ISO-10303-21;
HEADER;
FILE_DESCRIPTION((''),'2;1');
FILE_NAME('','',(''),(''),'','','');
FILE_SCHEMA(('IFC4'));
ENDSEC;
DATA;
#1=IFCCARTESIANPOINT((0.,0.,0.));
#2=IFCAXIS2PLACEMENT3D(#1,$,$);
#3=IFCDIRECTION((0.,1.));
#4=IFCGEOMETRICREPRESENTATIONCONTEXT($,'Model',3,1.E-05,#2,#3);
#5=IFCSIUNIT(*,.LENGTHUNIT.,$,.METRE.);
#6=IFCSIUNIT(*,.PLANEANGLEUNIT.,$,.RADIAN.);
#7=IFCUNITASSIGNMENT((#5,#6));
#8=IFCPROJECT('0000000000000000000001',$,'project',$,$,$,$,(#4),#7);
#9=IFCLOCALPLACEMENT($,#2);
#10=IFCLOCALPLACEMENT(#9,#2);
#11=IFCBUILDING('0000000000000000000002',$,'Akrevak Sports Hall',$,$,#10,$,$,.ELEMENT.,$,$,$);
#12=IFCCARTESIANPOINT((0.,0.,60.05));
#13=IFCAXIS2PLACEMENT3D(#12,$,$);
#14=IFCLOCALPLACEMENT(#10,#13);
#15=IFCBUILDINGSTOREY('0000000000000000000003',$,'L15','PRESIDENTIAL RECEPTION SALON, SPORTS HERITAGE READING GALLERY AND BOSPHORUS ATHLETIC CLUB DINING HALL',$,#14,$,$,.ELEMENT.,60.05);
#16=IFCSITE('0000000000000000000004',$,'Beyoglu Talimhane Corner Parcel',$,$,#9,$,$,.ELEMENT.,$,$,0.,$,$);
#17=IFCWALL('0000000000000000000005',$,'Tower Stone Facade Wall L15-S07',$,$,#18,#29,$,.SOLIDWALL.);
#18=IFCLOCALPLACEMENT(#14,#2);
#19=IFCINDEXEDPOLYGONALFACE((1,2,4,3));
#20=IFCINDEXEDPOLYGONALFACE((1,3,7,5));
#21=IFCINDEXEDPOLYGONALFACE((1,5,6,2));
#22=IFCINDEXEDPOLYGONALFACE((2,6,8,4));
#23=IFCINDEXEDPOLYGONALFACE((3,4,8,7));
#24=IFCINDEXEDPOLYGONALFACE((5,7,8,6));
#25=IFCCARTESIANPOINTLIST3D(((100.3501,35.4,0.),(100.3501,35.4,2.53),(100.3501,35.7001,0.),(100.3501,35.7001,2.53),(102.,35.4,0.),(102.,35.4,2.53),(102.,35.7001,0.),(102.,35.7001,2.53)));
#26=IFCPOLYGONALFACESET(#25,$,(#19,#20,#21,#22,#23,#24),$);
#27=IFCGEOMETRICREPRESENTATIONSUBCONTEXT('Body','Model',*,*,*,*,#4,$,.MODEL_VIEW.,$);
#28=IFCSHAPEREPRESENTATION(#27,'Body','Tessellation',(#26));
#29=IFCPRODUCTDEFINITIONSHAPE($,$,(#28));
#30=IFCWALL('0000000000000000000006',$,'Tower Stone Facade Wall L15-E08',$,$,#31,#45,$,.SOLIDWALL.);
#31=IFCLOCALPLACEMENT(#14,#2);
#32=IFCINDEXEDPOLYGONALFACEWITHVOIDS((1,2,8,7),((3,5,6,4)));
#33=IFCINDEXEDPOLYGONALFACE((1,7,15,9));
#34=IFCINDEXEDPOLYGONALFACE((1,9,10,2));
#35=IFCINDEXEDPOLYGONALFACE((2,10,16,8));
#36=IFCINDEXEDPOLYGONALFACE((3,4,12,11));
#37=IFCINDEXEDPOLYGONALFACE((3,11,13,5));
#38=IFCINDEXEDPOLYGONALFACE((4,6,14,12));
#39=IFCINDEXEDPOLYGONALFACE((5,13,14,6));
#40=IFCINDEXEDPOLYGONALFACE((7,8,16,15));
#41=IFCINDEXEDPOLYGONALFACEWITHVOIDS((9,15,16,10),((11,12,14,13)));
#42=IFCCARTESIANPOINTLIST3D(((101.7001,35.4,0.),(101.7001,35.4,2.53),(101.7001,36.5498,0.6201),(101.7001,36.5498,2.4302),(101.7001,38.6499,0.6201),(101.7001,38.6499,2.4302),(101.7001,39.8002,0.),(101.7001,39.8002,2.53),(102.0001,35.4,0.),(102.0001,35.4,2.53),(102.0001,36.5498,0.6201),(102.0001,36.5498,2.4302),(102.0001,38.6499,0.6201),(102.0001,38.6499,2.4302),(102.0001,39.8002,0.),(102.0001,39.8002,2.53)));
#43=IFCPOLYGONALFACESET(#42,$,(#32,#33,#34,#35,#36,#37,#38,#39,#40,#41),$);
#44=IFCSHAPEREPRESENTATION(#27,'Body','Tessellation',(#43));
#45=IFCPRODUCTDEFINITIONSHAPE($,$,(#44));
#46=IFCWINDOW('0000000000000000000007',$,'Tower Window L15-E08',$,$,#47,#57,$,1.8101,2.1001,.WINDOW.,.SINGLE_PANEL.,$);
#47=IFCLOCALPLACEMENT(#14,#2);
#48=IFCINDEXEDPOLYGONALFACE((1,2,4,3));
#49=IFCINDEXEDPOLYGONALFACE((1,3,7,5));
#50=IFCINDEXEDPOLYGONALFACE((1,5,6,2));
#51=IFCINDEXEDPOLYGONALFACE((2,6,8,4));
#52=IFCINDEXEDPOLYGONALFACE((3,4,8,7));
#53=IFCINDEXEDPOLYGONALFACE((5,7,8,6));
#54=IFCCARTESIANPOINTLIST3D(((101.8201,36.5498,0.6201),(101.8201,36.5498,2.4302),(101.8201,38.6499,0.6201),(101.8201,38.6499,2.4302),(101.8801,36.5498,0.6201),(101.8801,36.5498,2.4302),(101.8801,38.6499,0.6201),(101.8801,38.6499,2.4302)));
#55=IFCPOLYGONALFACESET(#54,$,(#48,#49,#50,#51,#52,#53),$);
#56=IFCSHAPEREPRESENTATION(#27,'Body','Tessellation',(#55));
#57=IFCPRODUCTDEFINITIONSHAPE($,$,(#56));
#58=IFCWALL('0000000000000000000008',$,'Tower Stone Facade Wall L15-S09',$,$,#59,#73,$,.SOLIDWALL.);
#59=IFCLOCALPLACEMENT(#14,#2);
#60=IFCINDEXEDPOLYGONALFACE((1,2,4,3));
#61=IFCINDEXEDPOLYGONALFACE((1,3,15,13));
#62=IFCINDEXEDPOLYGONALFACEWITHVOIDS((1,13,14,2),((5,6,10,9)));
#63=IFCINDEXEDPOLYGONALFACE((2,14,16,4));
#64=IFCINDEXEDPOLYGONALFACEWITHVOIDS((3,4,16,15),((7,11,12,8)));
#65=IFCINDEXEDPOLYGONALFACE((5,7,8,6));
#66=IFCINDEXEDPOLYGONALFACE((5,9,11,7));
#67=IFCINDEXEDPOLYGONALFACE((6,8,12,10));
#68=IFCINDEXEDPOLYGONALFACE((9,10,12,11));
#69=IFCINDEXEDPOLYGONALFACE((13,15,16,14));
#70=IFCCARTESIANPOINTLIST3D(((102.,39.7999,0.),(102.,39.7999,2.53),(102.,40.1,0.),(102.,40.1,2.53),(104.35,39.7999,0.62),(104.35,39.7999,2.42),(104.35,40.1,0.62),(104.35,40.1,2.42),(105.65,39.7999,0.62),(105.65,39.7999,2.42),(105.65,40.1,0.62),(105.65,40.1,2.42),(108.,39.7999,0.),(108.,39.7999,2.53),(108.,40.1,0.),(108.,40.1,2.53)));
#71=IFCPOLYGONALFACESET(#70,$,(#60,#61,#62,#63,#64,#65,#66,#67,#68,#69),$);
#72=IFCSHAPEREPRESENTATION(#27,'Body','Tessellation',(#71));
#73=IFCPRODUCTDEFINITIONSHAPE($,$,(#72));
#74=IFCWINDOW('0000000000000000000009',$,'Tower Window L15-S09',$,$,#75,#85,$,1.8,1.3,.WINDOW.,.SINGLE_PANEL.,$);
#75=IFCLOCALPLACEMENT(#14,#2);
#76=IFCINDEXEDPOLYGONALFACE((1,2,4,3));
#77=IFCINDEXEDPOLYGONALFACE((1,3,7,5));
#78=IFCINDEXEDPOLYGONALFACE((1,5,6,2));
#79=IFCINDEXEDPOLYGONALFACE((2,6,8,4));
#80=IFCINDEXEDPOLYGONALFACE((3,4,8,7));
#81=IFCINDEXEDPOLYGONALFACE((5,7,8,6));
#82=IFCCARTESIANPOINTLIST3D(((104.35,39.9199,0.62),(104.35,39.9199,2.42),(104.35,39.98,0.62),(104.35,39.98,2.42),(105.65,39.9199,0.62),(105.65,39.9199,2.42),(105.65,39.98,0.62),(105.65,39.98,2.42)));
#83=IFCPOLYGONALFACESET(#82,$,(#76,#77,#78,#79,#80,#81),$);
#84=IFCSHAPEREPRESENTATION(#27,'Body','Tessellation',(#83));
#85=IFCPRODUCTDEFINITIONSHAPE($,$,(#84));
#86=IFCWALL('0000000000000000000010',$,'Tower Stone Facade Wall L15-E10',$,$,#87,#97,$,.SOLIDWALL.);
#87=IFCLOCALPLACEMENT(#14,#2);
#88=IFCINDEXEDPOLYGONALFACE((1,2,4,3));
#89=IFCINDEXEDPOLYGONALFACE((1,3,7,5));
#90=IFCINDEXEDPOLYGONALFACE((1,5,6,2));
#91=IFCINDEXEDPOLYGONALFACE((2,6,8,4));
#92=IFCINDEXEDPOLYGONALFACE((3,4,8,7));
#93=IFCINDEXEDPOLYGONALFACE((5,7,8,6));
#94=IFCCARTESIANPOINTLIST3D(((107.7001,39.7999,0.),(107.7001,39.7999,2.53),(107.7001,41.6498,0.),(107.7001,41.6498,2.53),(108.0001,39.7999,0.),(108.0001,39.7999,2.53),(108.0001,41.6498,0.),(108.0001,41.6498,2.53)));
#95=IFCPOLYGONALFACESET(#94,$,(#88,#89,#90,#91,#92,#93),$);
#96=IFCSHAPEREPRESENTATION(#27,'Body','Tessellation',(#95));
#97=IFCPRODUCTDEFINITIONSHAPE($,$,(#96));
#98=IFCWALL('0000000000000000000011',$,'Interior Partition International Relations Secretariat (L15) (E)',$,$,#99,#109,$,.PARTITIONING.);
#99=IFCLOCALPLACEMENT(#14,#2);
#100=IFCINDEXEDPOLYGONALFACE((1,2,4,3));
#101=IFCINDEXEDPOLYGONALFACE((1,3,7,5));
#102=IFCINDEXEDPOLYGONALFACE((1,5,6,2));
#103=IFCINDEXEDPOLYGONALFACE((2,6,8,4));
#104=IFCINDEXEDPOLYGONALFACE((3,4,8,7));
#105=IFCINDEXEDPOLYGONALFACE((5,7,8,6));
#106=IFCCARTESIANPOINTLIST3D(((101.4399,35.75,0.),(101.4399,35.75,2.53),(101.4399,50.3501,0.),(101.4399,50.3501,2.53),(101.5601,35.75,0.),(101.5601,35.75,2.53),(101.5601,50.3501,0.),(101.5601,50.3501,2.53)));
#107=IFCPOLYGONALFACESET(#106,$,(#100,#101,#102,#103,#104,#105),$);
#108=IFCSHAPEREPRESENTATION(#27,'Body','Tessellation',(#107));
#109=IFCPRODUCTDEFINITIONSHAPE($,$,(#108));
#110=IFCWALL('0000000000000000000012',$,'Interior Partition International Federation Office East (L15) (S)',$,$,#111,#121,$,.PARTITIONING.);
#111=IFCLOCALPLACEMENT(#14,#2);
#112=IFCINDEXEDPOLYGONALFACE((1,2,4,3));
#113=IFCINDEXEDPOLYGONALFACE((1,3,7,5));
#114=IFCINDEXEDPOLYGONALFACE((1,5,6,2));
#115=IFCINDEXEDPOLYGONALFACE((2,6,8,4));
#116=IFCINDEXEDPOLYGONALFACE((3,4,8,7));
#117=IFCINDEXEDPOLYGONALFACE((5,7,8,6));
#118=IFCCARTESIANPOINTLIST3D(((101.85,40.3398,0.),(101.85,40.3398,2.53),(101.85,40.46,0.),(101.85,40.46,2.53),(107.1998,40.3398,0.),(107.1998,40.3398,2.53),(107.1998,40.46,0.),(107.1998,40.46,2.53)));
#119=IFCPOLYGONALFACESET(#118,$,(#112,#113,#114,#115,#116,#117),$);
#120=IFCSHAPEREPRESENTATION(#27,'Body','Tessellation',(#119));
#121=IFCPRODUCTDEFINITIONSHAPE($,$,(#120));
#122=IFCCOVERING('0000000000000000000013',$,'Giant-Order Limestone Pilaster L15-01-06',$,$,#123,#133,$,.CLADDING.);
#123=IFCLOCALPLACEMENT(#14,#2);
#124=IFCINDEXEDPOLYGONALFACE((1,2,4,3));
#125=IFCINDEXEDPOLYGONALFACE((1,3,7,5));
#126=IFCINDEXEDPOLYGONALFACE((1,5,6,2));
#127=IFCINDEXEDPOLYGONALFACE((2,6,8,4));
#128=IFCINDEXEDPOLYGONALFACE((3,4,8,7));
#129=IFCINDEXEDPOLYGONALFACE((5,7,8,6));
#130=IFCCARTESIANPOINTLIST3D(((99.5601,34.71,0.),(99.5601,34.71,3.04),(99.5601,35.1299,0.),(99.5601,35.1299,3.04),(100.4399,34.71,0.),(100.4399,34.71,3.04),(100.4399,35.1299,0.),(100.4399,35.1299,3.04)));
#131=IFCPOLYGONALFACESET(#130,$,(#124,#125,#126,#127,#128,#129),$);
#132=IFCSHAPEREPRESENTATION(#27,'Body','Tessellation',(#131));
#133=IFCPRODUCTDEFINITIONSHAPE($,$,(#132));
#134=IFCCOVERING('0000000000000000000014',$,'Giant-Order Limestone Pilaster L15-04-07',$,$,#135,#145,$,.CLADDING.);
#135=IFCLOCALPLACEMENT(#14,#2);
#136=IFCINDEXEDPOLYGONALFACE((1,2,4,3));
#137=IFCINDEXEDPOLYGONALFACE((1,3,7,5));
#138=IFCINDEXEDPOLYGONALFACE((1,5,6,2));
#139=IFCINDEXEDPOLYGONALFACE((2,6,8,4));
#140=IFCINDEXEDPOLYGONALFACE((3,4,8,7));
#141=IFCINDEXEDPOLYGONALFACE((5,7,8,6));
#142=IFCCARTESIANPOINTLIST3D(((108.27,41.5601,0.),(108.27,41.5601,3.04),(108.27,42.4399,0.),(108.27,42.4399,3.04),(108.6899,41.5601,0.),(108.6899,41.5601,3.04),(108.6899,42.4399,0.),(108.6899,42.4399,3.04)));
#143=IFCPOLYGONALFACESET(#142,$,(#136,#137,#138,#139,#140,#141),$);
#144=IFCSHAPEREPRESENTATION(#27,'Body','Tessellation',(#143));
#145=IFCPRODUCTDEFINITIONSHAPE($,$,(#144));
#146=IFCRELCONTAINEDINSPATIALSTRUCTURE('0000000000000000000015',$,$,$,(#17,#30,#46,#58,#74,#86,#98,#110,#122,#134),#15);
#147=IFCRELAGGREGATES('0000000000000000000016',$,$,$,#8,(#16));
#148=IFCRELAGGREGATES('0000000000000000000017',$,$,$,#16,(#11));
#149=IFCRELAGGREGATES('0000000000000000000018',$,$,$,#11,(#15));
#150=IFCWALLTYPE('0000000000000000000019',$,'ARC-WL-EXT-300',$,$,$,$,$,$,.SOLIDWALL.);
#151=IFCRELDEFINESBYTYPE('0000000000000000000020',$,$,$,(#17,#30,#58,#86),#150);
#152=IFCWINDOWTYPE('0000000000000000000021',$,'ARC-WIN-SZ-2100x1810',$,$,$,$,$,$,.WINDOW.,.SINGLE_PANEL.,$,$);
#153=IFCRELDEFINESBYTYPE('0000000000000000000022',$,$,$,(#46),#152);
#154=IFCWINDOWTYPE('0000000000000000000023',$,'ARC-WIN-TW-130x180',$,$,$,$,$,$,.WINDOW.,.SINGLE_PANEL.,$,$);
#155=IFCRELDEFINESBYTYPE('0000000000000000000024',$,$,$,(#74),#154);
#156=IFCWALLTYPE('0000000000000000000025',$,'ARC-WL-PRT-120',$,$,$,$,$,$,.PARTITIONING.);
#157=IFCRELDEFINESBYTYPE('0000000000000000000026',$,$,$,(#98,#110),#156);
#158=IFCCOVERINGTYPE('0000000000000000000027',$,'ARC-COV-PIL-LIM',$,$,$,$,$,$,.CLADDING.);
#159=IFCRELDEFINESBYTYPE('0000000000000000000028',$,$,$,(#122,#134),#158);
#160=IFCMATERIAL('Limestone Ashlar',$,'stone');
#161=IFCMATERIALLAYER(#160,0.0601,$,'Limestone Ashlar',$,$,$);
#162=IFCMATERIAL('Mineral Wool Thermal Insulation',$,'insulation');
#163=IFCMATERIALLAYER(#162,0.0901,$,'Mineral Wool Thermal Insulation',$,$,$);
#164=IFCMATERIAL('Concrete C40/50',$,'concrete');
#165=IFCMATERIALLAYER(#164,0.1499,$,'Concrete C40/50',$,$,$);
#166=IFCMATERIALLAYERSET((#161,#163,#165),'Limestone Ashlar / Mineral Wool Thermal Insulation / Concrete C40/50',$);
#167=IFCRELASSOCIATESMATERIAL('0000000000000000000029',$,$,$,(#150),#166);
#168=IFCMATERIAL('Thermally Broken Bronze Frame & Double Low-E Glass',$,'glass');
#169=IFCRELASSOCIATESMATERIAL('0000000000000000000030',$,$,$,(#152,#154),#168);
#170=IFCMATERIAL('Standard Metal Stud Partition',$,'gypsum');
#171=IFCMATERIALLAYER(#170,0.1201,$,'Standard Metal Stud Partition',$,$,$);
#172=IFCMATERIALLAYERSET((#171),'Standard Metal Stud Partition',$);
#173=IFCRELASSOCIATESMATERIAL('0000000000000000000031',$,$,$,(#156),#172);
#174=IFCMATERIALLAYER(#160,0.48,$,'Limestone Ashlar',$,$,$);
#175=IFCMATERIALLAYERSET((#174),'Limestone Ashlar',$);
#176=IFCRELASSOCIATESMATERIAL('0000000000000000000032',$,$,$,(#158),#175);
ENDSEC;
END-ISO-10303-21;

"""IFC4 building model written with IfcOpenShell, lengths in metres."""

from ifc_helpers import new_model, si_unit, direction, frame, frame_2d, origin, origin_2d, place, context, subcontext, project, spatial, rectangle, extrude, material, layer, layer_set, type_object, element, fill, save


model = new_model("IFC4")

# Units and contexts
model_context = context("Model", 3, precision=1e-05, world=origin(), true_north=direction((0.0, 1.0)))
body_context = subcontext(model_context, "Body", "Model", "MODEL_VIEW")
ifc_project = project(units=[si_unit("LENGTHUNIT", "METRE"), si_unit("PLANEANGLEUNIT", "RADIAN")], contexts=[model_context])

# Site, building, storey
site_placement = place(None, origin())
site = spatial("IfcSite", under=ifc_project, at=site_placement, Name="Beyoglu Talimhane Corner Parcel", CompositionType="ELEMENT", RefElevation=0.0)
building_placement = place(site_placement, origin())
building = spatial("IfcBuilding", under=site, at=building_placement, Name="Akrevak Sports Hall", CompositionType="ELEMENT")
storey_placement = place(building_placement, frame((0.0, 0.0, 60.05)))
storey = spatial("IfcBuildingStorey", under=building, at=storey_placement, Name="L15", Description="PRESIDENTIAL RECEPTION SALON, SPORTS HERITAGE READING GALLERY AND BOSPHORUS ATHLETIC CLUB DINING HALL", CompositionType="ELEMENT", Elevation=60.05)

# Shared definitions
ifc_material_1 = material(Name="Concrete C40/50", Category="concrete")

# Wall
ifc_material_2 = material(Name="Limestone Ashlar", Category="stone")
ifc_layer_1 = layer(ifc_material_2, 0.0601, Name="Limestone Ashlar")
ifc_material_3 = material(Name="Mineral Wool Thermal Insulation", Category="insulation")
ifc_layer_2 = layer(ifc_material_3, 0.0901, Name="Mineral Wool Thermal Insulation")
ifc_layer_3 = layer(ifc_material_1, 0.1499, Name="Concrete C40/50")
ifc_layer_set_1 = layer_set([ifc_layer_1, ifc_layer_2, ifc_layer_3], Name="Limestone Ashlar / Mineral Wool Thermal Insulation / Concrete C40/50")
wall_type_1 = type_object("IfcWallType", Name="ARC-WL-EXT-300", PredefinedType="SOLIDWALL", material=ifc_layer_set_1)
wall_1_placement = place(storey_placement, frame((100.3501, 35.55, 0.0), z_axis=(0.0, 0.0, 1.0), x_axis=(1.0, 0.0, 0.0)))
element("IfcWall", 1, at=wall_1_placement, inside=storey, type_object=wall_type_1, Name="Tower Stone Facade Wall L15-S07", PredefinedType="SOLIDWALL", context=body_context, shape_type="SweptSolid", body=[
    extrude(rectangle(XDim=1.6499, YDim=0.3, at=frame_2d((0.825, 0.0))), origin(), (0.0, 0.0, 1.0), 2.53),
])

# Walls, openings, windows
wall_2_placement = place(storey_placement, frame((101.8501, 35.3999, 0.0), z_axis=(0.0, 0.0, 1.0), x_axis=(0.0, 1.0, 0.0)))
wall_2 = element("IfcWall", 2, at=wall_2_placement, inside=storey, type_object=wall_type_1, Name="Tower Stone Facade Wall L15-E08", PredefinedType="SOLIDWALL", context=body_context, shape_type="SweptSolid", body=[
    extrude(rectangle(XDim=4.4001, YDim=0.3, at=frame_2d((2.2002, 0.0))), origin(), (0.0, 0.0, 1.0), 2.53),
])
opening_1_placement = place(wall_2_placement, frame((1.1499, 0.0, 0.6201)))
opening_1 = element("IfcOpeningElement", 3, at=opening_1_placement, cuts=wall_2, PredefinedType="OPENING", context=body_context, shape_type="SweptSolid", body=[
    extrude(rectangle(XDim=2.1001, YDim=1.8101, at=frame_2d((1.05, 0.905))), frame((0.0, 0.1621, 0.0), z_axis=(0.0, -1.0, 0.0), x_axis=(1.0, 0.0, 0.0)), (0.0, 0.0, 1.0), 0.324),
])
ifc_material_4 = material(Name="Thermally Broken Bronze Frame & Double Low-E Glass", Category="glass")
window_type_1 = type_object("IfcWindowType", Name="ARC-WIN-SZ-2100x1810", PartitioningType="SINGLE_PANEL", PredefinedType="WINDOW", material=ifc_material_4)
window_1_placement = place(opening_1_placement, origin())
window_1 = element("IfcWindow", 4, at=window_1_placement, inside=storey, type_object=window_type_1, Name="Tower Window L15-E08", OverallHeight=1.8101, OverallWidth=2.1001, PartitioningType="SINGLE_PANEL", PredefinedType="WINDOW", context=body_context, shape_type="SweptSolid", body=[
    extrude(rectangle(XDim=2.1001, YDim=1.8101, at=frame_2d((1.05, 0.905))), frame((0.0, 0.03, 0.0), z_axis=(0.0, -1.0, 0.0), x_axis=(1.0, 0.0, 0.0)), (0.0, 0.0, 1.0), 0.0601),
])
fill(opening_1, window_1)
wall_3_placement = place(storey_placement, frame((102.0, 39.95, 0.0), z_axis=(0.0, 0.0, 1.0), x_axis=(1.0, 0.0, 0.0)))
wall_3 = element("IfcWall", 5, at=wall_3_placement, inside=storey, type_object=wall_type_1, Name="Tower Stone Facade Wall L15-S09", PredefinedType="SOLIDWALL", context=body_context, shape_type="SweptSolid", body=[
    extrude(rectangle(XDim=6.0, YDim=0.3, at=frame_2d((3.0, 0.0))), origin(), (0.0, 0.0, 1.0), 2.53),
])
opening_2_placement = place(wall_3_placement, frame((2.3501, 0.0, 0.6201)))
opening_2 = element("IfcOpeningElement", 6, at=opening_2_placement, cuts=wall_3, PredefinedType="OPENING", context=body_context, shape_type="SweptSolid", body=[
    extrude(rectangle(XDim=1.3, YDim=1.8, at=frame_2d((0.6499, 0.8999))), frame((0.0, 0.1621, 0.0), z_axis=(0.0, -1.0, 0.0), x_axis=(1.0, 0.0, 0.0)), (0.0, 0.0, 1.0), 0.324),
])
window_type_2 = type_object("IfcWindowType", Name="ARC-WIN-TW-130x180", PartitioningType="SINGLE_PANEL", PredefinedType="WINDOW", material=ifc_material_4)
window_2_placement = place(opening_2_placement, origin())
window_2 = element("IfcWindow", 7, at=window_2_placement, inside=storey, type_object=window_type_2, Name="Tower Window L15-S09", OverallHeight=1.8, OverallWidth=1.3, PartitioningType="SINGLE_PANEL", PredefinedType="WINDOW", context=body_context, shape_type="SweptSolid", body=[
    extrude(rectangle(XDim=1.3, YDim=1.8, at=frame_2d((0.6499, 0.8999))), frame((0.0, 0.03, 0.0), z_axis=(0.0, -1.0, 0.0), x_axis=(1.0, 0.0, 0.0)), (0.0, 0.0, 1.0), 0.0601),
])
fill(opening_2, window_2)

# Walls
wall_4_placement = place(storey_placement, frame((107.8501, 39.8, 0.0), z_axis=(0.0, 0.0, 1.0), x_axis=(0.0, 1.0, 0.0)))
element("IfcWall", 8, at=wall_4_placement, inside=storey, type_object=wall_type_1, Name="Tower Stone Facade Wall L15-E10", PredefinedType="SOLIDWALL", context=body_context, shape_type="SweptSolid", body=[
    extrude(rectangle(XDim=1.8499, YDim=0.3, at=frame_2d((0.9248, 0.0))), origin(), (0.0, 0.0, 1.0), 2.53),
])
ifc_material_5 = material(Name="Standard Metal Stud Partition", Category="gypsum")
ifc_layer_4 = layer(ifc_material_5, 0.1201, Name="Standard Metal Stud Partition")
ifc_layer_set_2 = layer_set([ifc_layer_4], Name="Standard Metal Stud Partition")
wall_type_2 = type_object("IfcWallType", Name="ARC-WL-PRT-120", PredefinedType="PARTITIONING", material=ifc_layer_set_2)
wall_5_placement = place(storey_placement, frame((101.5, 35.75, 0.0), z_axis=(0.0, 0.0, 1.0), x_axis=(0.0, 1.0, 0.0)))
element("IfcWall", 9, at=wall_5_placement, inside=storey, type_object=wall_type_2, Name="Interior Partition International Relations Secretariat (L15) (E)", PredefinedType="PARTITIONING", context=body_context, shape_type="SweptSolid", body=[
    extrude(rectangle(XDim=14.6001, YDim=0.1201, at=frame_2d((7.3, 0.0))), origin(), (0.0, 0.0, 1.0), 2.53),
])
wall_6_placement = place(storey_placement, frame((101.8501, 40.3999, 0.0), z_axis=(0.0, 0.0, 1.0), x_axis=(1.0, 0.0, 0.0)))
element("IfcWall", 10, at=wall_6_placement, inside=storey, type_object=wall_type_2, Name="Interior Partition International Federation Office East (L15) (S)", PredefinedType="PARTITIONING", context=body_context, shape_type="SweptSolid", body=[
    extrude(rectangle(XDim=5.3499, YDim=0.1201, at=frame_2d((2.6748, 0.0))), origin(), (0.0, 0.0, 1.0), 2.53),
])

# Coverings
ifc_layer_5 = layer(ifc_material_2, 0.48, Name="Limestone Ashlar")
ifc_layer_set_3 = layer_set([ifc_layer_5], Name="Limestone Ashlar")
covering_type = type_object("IfcCoveringType", Name="ARC-COV-PIL-LIM", PredefinedType="CLADDING", material=ifc_layer_set_3)
for number, where, z_axis, x_axis, name in (
    (11, (100.0, 34.9199, 0.0), (0.0, 0.0, 1.0), (1.0, 0.0, 0.0), "Giant-Order Limestone Pilaster L15-01-06"),
    (12, (108.48, 42.0, 0.0), (0.0, 0.0, 1.0), (0.0, 1.0, 0.0), "Giant-Order Limestone Pilaster L15-04-07"),
):
    element("IfcCovering", number, at=place(storey_placement, frame(where, z_axis=z_axis, x_axis=x_axis)), inside=storey, type_object=covering_type, Name=name, PredefinedType="CLADDING", context=body_context, shape_type="SweptSolid", body=[
        extrude(rectangle(XDim=0.8799, YDim=0.4199, at=origin_2d()), origin(), (0.0, 0.0, 1.0), 3.04),
    ])

save(model, "model.ifc")
